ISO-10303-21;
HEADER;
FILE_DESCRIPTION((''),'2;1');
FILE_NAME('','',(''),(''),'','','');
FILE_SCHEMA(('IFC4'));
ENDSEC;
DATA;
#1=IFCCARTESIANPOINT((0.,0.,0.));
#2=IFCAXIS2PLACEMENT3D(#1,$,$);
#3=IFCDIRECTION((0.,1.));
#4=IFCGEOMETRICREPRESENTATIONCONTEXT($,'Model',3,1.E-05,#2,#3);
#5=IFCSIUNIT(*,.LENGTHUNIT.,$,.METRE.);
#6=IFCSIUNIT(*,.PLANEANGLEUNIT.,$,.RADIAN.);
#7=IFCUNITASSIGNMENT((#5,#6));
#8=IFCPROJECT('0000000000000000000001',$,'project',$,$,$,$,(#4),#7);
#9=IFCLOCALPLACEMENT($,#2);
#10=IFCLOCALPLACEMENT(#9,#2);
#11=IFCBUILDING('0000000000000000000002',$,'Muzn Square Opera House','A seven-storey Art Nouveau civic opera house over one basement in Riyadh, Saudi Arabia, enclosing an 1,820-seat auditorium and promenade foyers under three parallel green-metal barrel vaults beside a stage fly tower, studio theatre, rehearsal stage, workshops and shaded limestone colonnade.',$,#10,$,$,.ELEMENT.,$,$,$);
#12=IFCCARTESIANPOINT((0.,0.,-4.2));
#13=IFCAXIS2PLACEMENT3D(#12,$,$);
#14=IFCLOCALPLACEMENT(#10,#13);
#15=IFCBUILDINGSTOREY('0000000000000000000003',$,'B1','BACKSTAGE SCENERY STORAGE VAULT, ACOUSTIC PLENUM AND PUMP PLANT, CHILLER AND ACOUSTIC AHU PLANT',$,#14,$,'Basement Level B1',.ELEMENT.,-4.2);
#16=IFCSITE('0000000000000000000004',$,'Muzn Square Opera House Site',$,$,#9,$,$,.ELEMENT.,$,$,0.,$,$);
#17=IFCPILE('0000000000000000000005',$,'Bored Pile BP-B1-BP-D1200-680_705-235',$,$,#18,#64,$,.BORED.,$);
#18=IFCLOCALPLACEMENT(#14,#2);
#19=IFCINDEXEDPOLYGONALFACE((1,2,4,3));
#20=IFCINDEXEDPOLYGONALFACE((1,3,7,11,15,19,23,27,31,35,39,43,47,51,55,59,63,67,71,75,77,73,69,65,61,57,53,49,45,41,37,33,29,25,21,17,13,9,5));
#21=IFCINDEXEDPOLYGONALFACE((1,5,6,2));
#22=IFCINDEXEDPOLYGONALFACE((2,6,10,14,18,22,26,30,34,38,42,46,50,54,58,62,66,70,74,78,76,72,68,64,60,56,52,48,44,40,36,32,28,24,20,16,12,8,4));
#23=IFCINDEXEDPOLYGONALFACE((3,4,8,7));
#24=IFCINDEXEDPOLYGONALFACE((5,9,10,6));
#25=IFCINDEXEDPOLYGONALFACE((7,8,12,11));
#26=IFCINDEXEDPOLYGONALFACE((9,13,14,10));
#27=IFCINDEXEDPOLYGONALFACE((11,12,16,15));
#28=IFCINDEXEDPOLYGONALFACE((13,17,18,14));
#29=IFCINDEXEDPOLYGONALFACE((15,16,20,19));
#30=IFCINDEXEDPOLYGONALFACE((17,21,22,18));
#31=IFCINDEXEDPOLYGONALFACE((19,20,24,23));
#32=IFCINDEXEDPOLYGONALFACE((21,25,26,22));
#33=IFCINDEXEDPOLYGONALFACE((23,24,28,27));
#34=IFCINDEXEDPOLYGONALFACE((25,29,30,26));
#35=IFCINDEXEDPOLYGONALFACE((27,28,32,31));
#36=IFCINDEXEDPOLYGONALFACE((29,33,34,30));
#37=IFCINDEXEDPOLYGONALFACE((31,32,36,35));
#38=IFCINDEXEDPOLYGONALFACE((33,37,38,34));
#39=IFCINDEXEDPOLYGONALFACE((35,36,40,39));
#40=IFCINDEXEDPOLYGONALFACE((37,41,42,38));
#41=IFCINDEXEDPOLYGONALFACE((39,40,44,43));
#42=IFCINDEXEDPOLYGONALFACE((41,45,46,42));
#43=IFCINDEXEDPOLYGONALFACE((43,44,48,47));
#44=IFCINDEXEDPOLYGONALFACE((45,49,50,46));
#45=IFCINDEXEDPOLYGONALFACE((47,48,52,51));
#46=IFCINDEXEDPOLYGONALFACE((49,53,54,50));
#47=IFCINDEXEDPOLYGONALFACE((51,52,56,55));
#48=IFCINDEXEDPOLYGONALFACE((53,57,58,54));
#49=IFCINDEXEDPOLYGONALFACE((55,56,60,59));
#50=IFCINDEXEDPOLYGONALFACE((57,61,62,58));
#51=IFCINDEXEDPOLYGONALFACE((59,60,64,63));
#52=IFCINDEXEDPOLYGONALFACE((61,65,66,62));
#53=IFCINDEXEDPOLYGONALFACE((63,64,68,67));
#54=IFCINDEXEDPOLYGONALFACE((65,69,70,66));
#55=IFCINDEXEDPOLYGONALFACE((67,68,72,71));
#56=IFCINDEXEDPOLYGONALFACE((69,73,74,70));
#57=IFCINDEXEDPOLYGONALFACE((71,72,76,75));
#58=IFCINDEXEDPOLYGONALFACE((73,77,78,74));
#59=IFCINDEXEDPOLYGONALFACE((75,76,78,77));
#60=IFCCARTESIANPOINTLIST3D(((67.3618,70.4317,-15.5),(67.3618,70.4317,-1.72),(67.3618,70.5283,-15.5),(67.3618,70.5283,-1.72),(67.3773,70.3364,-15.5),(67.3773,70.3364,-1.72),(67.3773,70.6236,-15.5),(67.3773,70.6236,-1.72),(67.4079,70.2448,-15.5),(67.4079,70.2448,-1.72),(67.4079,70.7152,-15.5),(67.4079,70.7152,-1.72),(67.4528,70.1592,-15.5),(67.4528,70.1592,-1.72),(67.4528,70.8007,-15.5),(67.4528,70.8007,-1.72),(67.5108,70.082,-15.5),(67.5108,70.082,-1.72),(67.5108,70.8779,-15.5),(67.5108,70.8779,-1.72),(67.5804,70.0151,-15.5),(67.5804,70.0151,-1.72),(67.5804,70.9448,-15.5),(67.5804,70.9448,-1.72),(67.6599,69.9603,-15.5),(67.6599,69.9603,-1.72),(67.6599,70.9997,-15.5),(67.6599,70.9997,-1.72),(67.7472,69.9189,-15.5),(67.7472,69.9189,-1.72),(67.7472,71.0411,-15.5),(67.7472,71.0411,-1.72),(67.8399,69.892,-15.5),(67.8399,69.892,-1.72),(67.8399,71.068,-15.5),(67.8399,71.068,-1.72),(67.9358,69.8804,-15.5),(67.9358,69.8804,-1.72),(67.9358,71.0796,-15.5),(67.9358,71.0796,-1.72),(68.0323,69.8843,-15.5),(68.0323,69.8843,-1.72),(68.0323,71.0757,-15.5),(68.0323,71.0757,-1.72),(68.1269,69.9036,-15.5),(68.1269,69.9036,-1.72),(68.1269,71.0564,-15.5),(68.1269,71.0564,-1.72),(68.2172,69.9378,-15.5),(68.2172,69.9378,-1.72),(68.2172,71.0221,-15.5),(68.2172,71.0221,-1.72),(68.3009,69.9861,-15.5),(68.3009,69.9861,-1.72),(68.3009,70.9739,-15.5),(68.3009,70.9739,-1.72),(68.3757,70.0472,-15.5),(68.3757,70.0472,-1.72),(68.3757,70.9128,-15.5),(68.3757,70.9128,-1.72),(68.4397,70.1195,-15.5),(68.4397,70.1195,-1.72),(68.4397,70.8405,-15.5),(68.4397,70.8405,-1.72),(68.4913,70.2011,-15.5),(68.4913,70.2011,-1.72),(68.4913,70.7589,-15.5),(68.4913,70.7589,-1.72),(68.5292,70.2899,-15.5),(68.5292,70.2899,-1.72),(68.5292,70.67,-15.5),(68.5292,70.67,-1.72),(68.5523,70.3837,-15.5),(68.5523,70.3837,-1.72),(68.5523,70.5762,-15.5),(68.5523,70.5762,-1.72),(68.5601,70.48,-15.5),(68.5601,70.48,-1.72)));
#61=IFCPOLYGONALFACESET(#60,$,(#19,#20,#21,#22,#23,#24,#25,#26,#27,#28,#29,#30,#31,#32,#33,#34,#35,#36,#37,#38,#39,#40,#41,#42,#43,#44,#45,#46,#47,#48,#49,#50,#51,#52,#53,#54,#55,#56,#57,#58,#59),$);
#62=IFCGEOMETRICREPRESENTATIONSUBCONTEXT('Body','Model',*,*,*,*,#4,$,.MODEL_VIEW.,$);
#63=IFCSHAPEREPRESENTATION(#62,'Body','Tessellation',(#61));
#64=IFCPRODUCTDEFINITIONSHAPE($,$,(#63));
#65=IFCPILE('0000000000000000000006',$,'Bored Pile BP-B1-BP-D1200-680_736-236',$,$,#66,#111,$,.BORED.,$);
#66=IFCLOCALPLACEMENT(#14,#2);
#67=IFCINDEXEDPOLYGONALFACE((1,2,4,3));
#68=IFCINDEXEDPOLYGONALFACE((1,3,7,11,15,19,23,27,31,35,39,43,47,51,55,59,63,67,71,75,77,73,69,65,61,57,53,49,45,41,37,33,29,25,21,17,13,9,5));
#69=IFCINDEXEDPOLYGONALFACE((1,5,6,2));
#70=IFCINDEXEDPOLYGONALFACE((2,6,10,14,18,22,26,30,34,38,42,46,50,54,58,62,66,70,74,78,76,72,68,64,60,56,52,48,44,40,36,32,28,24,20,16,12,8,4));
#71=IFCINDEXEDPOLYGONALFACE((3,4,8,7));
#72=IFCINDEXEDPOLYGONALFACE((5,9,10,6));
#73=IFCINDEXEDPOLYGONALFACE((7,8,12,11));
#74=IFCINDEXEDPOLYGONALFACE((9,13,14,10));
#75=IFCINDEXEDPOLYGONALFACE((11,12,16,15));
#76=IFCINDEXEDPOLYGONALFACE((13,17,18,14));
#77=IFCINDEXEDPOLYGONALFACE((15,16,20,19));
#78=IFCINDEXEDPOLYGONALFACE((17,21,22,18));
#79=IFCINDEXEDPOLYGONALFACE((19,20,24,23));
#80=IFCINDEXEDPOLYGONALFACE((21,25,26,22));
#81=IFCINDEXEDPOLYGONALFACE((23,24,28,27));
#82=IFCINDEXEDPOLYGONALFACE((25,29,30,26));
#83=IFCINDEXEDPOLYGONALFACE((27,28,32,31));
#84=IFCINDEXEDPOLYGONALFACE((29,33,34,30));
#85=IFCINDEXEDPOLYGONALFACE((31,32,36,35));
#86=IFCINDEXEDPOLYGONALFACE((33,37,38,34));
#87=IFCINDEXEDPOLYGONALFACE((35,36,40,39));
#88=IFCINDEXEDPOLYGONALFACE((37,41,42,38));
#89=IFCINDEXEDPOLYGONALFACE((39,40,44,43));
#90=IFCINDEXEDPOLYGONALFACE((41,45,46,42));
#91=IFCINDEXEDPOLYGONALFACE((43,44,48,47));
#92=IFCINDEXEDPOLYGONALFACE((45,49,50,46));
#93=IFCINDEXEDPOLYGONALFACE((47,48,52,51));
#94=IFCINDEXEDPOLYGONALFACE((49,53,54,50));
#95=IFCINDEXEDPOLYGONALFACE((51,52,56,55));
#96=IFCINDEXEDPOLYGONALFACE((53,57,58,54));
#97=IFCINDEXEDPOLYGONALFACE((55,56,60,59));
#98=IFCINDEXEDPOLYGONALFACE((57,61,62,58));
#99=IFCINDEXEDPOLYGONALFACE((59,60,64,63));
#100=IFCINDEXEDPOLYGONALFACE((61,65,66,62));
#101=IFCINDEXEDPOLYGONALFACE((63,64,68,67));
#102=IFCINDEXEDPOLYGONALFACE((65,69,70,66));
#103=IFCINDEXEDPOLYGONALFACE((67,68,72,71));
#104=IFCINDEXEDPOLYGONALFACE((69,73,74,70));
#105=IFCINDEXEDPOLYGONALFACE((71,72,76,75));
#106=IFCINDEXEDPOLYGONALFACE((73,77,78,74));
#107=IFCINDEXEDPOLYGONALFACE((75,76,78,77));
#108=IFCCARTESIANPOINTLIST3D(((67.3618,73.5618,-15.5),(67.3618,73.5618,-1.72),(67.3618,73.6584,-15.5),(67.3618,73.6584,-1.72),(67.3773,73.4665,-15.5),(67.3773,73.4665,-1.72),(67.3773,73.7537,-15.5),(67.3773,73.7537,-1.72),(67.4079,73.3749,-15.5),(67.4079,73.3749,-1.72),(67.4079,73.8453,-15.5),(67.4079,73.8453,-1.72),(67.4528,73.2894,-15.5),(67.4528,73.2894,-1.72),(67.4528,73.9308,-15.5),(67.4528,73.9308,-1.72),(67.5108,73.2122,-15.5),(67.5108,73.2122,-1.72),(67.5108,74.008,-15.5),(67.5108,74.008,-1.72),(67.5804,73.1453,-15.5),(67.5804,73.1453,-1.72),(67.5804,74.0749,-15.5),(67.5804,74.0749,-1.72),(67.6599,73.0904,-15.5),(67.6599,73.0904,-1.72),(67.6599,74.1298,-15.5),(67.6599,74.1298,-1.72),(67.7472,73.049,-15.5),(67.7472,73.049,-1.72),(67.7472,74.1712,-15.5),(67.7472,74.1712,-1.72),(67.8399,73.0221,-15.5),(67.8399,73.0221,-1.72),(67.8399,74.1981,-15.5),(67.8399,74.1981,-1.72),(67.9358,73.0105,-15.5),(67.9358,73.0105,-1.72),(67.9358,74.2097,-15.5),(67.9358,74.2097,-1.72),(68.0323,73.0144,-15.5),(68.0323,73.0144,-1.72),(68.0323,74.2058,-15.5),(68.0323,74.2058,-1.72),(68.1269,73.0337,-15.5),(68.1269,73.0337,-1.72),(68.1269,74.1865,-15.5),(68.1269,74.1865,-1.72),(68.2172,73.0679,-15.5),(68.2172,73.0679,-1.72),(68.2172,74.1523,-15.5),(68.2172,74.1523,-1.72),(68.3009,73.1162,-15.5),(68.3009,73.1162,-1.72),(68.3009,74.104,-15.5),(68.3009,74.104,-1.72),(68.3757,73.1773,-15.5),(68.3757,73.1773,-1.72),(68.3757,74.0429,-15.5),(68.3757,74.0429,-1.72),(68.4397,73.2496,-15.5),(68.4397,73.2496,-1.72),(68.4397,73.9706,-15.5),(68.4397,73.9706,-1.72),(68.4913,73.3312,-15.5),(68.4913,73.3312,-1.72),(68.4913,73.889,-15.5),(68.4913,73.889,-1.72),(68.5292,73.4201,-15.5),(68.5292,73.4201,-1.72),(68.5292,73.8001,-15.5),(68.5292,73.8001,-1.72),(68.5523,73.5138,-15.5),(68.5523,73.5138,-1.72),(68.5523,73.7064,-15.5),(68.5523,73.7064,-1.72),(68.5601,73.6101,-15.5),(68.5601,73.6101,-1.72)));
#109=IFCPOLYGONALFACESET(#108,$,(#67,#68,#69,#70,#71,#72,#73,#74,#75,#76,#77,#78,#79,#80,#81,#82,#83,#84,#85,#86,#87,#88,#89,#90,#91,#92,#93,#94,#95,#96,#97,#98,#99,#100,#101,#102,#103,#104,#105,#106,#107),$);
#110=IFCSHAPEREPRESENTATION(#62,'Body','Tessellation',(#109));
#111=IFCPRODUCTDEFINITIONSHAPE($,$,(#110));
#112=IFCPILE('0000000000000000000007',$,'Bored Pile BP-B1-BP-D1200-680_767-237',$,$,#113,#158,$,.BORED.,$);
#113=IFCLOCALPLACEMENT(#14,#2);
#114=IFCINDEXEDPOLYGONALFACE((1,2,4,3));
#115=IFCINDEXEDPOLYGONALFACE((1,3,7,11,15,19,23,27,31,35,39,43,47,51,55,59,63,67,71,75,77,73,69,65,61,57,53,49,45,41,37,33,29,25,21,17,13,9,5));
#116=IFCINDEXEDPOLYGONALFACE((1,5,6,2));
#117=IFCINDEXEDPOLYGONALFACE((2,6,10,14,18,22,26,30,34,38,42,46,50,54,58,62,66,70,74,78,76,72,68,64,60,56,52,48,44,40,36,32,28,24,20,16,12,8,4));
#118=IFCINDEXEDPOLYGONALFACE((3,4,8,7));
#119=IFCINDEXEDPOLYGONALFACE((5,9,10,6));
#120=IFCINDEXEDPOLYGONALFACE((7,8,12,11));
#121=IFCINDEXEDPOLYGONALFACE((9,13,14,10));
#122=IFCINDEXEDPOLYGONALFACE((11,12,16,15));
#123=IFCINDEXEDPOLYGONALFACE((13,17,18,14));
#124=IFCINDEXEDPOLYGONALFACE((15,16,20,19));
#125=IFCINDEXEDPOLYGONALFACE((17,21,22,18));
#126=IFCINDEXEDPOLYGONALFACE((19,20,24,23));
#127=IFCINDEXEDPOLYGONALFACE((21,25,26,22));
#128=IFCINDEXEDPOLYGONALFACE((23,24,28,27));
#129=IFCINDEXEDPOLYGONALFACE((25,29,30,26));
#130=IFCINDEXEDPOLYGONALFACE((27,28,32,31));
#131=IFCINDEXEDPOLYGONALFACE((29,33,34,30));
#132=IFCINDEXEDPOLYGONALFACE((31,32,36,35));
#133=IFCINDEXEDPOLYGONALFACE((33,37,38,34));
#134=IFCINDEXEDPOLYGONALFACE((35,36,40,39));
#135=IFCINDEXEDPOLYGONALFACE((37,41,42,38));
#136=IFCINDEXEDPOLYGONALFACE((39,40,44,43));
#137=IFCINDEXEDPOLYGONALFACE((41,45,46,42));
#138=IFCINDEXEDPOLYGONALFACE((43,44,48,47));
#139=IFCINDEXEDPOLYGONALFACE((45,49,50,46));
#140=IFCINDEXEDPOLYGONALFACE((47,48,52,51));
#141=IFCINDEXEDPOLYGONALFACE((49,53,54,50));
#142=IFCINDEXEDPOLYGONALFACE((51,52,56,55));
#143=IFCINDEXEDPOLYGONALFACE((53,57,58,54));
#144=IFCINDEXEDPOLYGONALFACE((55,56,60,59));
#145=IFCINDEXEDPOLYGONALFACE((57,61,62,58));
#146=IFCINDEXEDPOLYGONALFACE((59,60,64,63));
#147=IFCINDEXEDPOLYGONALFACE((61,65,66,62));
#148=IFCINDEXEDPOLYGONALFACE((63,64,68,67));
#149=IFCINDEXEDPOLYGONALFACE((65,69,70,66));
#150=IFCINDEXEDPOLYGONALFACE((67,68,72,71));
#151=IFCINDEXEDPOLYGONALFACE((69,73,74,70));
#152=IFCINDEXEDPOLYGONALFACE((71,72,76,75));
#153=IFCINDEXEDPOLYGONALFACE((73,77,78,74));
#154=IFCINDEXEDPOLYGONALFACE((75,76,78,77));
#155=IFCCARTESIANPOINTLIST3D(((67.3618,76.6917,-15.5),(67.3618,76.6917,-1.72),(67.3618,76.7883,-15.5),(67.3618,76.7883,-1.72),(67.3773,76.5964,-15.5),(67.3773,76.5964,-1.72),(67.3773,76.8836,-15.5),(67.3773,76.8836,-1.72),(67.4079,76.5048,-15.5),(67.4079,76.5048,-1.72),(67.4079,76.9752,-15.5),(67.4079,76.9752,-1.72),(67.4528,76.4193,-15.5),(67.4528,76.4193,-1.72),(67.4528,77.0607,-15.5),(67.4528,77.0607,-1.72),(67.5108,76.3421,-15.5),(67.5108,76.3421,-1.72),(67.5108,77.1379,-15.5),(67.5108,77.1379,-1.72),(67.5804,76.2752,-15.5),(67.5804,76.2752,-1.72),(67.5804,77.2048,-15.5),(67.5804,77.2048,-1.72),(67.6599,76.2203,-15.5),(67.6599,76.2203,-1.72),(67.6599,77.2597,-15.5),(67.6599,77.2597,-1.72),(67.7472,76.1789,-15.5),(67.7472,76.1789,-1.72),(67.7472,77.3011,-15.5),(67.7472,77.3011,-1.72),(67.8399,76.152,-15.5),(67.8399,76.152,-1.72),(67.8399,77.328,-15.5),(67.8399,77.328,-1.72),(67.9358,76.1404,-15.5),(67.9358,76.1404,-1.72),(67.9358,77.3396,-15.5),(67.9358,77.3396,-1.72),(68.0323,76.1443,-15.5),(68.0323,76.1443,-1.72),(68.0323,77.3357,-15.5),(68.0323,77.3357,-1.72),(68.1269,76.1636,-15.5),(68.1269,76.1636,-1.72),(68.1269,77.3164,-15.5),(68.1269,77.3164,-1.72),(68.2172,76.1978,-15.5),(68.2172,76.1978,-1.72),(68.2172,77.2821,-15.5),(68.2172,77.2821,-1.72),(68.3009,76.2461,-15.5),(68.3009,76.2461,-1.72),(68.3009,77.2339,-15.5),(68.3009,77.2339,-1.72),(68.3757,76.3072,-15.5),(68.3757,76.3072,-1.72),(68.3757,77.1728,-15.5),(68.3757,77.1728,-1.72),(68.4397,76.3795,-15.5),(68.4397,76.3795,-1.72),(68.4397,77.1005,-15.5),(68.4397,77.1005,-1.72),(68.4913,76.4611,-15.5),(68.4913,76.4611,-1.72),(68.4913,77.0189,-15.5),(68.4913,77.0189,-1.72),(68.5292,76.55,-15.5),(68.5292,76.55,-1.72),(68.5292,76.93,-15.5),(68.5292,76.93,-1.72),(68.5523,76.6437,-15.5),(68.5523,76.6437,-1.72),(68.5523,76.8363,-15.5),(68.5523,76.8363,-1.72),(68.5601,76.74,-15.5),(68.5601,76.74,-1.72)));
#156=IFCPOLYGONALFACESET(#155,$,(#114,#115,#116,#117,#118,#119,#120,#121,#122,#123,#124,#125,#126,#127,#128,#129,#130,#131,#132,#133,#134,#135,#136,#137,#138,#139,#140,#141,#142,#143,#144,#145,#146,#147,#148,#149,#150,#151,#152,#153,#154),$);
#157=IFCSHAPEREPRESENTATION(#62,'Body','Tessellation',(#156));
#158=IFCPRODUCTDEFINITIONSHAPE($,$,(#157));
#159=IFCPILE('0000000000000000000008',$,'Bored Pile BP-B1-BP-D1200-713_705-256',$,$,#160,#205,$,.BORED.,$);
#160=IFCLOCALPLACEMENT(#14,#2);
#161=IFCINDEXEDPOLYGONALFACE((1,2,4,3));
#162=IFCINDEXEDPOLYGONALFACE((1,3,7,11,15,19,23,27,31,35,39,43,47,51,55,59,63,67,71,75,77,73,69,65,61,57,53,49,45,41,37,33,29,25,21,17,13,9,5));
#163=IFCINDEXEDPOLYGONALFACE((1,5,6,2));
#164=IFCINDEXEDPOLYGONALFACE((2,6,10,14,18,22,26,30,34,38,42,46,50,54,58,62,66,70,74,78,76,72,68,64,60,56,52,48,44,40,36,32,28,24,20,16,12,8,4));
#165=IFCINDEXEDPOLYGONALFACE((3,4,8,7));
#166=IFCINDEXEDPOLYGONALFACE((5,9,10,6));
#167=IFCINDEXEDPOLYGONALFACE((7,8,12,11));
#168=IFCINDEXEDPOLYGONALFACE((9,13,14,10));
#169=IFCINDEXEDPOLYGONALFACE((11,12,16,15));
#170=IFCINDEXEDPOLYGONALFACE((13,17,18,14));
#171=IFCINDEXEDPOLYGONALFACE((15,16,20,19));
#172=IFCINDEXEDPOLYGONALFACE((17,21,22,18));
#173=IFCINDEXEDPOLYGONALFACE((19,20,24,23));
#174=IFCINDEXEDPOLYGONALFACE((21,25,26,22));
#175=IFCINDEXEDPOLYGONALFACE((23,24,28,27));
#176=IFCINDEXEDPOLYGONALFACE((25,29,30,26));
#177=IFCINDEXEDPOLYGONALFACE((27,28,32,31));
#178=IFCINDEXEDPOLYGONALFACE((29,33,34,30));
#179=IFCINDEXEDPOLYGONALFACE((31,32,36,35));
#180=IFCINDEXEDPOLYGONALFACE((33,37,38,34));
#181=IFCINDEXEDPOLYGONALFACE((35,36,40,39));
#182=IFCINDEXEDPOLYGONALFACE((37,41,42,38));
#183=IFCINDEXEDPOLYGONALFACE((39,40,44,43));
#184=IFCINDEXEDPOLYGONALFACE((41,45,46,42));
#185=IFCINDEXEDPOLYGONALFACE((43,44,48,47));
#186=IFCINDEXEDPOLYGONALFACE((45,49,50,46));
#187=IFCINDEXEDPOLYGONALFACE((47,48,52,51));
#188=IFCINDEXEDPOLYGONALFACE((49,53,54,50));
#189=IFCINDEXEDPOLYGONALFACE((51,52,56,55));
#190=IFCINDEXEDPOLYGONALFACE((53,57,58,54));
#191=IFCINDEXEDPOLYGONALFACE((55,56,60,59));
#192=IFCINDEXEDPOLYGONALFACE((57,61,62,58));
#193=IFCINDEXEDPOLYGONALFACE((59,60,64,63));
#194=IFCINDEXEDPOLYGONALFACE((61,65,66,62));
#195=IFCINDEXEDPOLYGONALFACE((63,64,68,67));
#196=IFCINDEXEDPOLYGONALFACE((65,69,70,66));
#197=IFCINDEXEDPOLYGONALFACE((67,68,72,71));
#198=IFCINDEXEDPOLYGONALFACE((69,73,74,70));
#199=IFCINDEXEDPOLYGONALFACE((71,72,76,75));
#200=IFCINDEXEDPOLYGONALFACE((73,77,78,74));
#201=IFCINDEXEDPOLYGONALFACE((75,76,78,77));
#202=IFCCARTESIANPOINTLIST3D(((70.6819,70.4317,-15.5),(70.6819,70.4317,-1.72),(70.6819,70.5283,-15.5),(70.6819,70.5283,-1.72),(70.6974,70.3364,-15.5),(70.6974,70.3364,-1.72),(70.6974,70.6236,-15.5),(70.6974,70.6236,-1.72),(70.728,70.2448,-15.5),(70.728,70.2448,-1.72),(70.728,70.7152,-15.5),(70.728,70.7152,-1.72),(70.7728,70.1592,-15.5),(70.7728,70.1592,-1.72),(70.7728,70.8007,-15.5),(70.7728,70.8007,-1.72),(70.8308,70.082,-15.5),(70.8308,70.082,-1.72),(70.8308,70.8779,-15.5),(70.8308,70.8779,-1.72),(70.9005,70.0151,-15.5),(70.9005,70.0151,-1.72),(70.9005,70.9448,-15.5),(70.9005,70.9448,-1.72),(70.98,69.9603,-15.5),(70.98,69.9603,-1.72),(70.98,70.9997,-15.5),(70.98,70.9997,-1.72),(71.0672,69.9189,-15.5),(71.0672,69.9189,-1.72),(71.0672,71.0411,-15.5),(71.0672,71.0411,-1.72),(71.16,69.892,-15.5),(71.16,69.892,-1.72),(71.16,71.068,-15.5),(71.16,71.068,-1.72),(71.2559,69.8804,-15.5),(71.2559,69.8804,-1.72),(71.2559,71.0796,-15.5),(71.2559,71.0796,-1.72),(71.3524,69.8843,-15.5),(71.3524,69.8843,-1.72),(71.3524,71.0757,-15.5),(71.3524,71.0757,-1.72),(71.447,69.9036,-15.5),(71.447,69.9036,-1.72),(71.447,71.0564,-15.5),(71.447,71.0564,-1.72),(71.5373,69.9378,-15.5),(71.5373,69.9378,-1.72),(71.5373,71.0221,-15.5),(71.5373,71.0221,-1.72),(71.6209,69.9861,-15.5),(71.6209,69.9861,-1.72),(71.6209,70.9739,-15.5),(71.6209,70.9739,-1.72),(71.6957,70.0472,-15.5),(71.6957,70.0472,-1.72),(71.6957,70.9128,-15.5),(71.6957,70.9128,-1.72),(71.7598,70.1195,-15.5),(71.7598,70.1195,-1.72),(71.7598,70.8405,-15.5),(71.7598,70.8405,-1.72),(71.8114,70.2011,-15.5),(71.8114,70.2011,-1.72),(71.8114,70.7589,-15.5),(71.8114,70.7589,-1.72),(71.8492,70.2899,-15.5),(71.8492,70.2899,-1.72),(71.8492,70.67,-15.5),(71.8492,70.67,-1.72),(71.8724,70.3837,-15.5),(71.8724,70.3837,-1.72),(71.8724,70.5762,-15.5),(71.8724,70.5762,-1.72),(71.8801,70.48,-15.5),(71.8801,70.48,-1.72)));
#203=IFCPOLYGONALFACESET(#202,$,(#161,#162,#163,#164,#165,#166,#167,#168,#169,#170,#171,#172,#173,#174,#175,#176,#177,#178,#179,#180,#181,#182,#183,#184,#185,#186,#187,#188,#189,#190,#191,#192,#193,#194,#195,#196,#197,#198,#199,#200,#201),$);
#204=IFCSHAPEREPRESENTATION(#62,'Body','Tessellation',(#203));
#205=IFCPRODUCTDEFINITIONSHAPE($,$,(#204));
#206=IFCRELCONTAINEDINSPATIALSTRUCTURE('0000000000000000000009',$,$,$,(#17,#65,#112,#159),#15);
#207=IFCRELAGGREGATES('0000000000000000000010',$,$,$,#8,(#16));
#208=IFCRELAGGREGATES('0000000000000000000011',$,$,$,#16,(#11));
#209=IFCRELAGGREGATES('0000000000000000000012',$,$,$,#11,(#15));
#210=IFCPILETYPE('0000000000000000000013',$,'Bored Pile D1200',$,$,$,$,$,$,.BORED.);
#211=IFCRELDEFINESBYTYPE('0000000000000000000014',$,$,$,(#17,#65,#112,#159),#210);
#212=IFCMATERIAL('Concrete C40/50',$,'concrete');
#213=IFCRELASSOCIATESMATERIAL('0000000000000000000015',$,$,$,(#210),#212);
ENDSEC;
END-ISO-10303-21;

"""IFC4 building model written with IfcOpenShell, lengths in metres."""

from ifc_helpers import new_model, si_unit, direction, frame, origin, origin_2d, place, context, subcontext, project, spatial, circle, extrude, material, material_profile, profile_set, type_object, element, save


model = new_model("IFC4")

# Units and contexts
model_context = context("Model", 3, precision=1e-05, world=origin(), true_north=direction((0.0, 1.0)))
body_context = subcontext(model_context, "Body", "Model", "MODEL_VIEW")
ifc_project = project(units=[si_unit("LENGTHUNIT", "METRE"), si_unit("PLANEANGLEUNIT", "RADIAN")], contexts=[model_context])

# Site, building, storey
site_placement = place(None, origin())
site = spatial("IfcSite", under=ifc_project, at=site_placement, Name="Muzn Square Opera House Site", CompositionType="ELEMENT", RefElevation=0.0)
building_placement = place(site_placement, origin())
building = spatial("IfcBuilding", under=site, at=building_placement, Name="Muzn Square Opera House", Description="A seven-storey Art Nouveau civic opera house over one basement in Riyadh, Saudi Arabia, enclosing an 1,820-seat auditorium and promenade foyers under three parallel green-metal barrel vaults beside a stage fly tower, studio theatre, rehearsal stage, workshops and shaded limestone colonnade.", CompositionType="ELEMENT")
storey_placement = place(building_placement, frame((0.0, 0.0, -4.2)))
storey = spatial("IfcBuildingStorey", under=building, at=storey_placement, Name="B1", Description="BACKSTAGE SCENERY STORAGE VAULT, ACOUSTIC PLENUM AND PUMP PLANT, CHILLER AND ACOUSTIC AHU PLANT", LongName="Basement Level B1", CompositionType="ELEMENT", Elevation=-4.2)

# Piles
ifc_material_1 = material(Name="Concrete C40/50", Category="concrete")
ifc_material_profile_1 = material_profile(ifc_material_1, circle(Radius=0.6001, at=origin_2d()), Name="BORED PILE D1200", Category="concrete")
ifc_profile_set_1 = profile_set([ifc_material_profile_1], Name="Concrete C40/50")
pile_type = type_object("IfcPileType", Name="Bored Pile D1200", PredefinedType="BORED", material=ifc_profile_set_1)
for number, where, z_axis, x_axis, name in (
    (1, (67.96, 70.48, -1.72), (0.0, 0.0, -1.0), (1.0, 0.0, 0.0), "Bored Pile BP-B1-BP-D1200-680_705-235"),
    (2, (67.96, 73.6101, -1.72), (0.0, 0.0, -1.0), (1.0, 0.0, 0.0), "Bored Pile BP-B1-BP-D1200-680_736-236"),
    (3, (67.96, 76.74, -1.72), (0.0, 0.0, -1.0), (1.0, 0.0, 0.0), "Bored Pile BP-B1-BP-D1200-680_767-237"),
    (4, (71.28, 70.48, -1.72), (0.0, 0.0, -1.0), (1.0, 0.0, 0.0), "Bored Pile BP-B1-BP-D1200-713_705-256"),
):
    element("IfcPile", number, at=place(storey_placement, frame(where, z_axis=z_axis, x_axis=x_axis)), inside=storey, type_object=pile_type, Name=name, PredefinedType="BORED", context=body_context, shape_type="SweptSolid", body=[
        extrude(circle(Radius=0.6001, at=origin_2d()), origin(), (0.0, 0.0, 1.0), 13.78),
    ])

save(model, "model.ifc")
